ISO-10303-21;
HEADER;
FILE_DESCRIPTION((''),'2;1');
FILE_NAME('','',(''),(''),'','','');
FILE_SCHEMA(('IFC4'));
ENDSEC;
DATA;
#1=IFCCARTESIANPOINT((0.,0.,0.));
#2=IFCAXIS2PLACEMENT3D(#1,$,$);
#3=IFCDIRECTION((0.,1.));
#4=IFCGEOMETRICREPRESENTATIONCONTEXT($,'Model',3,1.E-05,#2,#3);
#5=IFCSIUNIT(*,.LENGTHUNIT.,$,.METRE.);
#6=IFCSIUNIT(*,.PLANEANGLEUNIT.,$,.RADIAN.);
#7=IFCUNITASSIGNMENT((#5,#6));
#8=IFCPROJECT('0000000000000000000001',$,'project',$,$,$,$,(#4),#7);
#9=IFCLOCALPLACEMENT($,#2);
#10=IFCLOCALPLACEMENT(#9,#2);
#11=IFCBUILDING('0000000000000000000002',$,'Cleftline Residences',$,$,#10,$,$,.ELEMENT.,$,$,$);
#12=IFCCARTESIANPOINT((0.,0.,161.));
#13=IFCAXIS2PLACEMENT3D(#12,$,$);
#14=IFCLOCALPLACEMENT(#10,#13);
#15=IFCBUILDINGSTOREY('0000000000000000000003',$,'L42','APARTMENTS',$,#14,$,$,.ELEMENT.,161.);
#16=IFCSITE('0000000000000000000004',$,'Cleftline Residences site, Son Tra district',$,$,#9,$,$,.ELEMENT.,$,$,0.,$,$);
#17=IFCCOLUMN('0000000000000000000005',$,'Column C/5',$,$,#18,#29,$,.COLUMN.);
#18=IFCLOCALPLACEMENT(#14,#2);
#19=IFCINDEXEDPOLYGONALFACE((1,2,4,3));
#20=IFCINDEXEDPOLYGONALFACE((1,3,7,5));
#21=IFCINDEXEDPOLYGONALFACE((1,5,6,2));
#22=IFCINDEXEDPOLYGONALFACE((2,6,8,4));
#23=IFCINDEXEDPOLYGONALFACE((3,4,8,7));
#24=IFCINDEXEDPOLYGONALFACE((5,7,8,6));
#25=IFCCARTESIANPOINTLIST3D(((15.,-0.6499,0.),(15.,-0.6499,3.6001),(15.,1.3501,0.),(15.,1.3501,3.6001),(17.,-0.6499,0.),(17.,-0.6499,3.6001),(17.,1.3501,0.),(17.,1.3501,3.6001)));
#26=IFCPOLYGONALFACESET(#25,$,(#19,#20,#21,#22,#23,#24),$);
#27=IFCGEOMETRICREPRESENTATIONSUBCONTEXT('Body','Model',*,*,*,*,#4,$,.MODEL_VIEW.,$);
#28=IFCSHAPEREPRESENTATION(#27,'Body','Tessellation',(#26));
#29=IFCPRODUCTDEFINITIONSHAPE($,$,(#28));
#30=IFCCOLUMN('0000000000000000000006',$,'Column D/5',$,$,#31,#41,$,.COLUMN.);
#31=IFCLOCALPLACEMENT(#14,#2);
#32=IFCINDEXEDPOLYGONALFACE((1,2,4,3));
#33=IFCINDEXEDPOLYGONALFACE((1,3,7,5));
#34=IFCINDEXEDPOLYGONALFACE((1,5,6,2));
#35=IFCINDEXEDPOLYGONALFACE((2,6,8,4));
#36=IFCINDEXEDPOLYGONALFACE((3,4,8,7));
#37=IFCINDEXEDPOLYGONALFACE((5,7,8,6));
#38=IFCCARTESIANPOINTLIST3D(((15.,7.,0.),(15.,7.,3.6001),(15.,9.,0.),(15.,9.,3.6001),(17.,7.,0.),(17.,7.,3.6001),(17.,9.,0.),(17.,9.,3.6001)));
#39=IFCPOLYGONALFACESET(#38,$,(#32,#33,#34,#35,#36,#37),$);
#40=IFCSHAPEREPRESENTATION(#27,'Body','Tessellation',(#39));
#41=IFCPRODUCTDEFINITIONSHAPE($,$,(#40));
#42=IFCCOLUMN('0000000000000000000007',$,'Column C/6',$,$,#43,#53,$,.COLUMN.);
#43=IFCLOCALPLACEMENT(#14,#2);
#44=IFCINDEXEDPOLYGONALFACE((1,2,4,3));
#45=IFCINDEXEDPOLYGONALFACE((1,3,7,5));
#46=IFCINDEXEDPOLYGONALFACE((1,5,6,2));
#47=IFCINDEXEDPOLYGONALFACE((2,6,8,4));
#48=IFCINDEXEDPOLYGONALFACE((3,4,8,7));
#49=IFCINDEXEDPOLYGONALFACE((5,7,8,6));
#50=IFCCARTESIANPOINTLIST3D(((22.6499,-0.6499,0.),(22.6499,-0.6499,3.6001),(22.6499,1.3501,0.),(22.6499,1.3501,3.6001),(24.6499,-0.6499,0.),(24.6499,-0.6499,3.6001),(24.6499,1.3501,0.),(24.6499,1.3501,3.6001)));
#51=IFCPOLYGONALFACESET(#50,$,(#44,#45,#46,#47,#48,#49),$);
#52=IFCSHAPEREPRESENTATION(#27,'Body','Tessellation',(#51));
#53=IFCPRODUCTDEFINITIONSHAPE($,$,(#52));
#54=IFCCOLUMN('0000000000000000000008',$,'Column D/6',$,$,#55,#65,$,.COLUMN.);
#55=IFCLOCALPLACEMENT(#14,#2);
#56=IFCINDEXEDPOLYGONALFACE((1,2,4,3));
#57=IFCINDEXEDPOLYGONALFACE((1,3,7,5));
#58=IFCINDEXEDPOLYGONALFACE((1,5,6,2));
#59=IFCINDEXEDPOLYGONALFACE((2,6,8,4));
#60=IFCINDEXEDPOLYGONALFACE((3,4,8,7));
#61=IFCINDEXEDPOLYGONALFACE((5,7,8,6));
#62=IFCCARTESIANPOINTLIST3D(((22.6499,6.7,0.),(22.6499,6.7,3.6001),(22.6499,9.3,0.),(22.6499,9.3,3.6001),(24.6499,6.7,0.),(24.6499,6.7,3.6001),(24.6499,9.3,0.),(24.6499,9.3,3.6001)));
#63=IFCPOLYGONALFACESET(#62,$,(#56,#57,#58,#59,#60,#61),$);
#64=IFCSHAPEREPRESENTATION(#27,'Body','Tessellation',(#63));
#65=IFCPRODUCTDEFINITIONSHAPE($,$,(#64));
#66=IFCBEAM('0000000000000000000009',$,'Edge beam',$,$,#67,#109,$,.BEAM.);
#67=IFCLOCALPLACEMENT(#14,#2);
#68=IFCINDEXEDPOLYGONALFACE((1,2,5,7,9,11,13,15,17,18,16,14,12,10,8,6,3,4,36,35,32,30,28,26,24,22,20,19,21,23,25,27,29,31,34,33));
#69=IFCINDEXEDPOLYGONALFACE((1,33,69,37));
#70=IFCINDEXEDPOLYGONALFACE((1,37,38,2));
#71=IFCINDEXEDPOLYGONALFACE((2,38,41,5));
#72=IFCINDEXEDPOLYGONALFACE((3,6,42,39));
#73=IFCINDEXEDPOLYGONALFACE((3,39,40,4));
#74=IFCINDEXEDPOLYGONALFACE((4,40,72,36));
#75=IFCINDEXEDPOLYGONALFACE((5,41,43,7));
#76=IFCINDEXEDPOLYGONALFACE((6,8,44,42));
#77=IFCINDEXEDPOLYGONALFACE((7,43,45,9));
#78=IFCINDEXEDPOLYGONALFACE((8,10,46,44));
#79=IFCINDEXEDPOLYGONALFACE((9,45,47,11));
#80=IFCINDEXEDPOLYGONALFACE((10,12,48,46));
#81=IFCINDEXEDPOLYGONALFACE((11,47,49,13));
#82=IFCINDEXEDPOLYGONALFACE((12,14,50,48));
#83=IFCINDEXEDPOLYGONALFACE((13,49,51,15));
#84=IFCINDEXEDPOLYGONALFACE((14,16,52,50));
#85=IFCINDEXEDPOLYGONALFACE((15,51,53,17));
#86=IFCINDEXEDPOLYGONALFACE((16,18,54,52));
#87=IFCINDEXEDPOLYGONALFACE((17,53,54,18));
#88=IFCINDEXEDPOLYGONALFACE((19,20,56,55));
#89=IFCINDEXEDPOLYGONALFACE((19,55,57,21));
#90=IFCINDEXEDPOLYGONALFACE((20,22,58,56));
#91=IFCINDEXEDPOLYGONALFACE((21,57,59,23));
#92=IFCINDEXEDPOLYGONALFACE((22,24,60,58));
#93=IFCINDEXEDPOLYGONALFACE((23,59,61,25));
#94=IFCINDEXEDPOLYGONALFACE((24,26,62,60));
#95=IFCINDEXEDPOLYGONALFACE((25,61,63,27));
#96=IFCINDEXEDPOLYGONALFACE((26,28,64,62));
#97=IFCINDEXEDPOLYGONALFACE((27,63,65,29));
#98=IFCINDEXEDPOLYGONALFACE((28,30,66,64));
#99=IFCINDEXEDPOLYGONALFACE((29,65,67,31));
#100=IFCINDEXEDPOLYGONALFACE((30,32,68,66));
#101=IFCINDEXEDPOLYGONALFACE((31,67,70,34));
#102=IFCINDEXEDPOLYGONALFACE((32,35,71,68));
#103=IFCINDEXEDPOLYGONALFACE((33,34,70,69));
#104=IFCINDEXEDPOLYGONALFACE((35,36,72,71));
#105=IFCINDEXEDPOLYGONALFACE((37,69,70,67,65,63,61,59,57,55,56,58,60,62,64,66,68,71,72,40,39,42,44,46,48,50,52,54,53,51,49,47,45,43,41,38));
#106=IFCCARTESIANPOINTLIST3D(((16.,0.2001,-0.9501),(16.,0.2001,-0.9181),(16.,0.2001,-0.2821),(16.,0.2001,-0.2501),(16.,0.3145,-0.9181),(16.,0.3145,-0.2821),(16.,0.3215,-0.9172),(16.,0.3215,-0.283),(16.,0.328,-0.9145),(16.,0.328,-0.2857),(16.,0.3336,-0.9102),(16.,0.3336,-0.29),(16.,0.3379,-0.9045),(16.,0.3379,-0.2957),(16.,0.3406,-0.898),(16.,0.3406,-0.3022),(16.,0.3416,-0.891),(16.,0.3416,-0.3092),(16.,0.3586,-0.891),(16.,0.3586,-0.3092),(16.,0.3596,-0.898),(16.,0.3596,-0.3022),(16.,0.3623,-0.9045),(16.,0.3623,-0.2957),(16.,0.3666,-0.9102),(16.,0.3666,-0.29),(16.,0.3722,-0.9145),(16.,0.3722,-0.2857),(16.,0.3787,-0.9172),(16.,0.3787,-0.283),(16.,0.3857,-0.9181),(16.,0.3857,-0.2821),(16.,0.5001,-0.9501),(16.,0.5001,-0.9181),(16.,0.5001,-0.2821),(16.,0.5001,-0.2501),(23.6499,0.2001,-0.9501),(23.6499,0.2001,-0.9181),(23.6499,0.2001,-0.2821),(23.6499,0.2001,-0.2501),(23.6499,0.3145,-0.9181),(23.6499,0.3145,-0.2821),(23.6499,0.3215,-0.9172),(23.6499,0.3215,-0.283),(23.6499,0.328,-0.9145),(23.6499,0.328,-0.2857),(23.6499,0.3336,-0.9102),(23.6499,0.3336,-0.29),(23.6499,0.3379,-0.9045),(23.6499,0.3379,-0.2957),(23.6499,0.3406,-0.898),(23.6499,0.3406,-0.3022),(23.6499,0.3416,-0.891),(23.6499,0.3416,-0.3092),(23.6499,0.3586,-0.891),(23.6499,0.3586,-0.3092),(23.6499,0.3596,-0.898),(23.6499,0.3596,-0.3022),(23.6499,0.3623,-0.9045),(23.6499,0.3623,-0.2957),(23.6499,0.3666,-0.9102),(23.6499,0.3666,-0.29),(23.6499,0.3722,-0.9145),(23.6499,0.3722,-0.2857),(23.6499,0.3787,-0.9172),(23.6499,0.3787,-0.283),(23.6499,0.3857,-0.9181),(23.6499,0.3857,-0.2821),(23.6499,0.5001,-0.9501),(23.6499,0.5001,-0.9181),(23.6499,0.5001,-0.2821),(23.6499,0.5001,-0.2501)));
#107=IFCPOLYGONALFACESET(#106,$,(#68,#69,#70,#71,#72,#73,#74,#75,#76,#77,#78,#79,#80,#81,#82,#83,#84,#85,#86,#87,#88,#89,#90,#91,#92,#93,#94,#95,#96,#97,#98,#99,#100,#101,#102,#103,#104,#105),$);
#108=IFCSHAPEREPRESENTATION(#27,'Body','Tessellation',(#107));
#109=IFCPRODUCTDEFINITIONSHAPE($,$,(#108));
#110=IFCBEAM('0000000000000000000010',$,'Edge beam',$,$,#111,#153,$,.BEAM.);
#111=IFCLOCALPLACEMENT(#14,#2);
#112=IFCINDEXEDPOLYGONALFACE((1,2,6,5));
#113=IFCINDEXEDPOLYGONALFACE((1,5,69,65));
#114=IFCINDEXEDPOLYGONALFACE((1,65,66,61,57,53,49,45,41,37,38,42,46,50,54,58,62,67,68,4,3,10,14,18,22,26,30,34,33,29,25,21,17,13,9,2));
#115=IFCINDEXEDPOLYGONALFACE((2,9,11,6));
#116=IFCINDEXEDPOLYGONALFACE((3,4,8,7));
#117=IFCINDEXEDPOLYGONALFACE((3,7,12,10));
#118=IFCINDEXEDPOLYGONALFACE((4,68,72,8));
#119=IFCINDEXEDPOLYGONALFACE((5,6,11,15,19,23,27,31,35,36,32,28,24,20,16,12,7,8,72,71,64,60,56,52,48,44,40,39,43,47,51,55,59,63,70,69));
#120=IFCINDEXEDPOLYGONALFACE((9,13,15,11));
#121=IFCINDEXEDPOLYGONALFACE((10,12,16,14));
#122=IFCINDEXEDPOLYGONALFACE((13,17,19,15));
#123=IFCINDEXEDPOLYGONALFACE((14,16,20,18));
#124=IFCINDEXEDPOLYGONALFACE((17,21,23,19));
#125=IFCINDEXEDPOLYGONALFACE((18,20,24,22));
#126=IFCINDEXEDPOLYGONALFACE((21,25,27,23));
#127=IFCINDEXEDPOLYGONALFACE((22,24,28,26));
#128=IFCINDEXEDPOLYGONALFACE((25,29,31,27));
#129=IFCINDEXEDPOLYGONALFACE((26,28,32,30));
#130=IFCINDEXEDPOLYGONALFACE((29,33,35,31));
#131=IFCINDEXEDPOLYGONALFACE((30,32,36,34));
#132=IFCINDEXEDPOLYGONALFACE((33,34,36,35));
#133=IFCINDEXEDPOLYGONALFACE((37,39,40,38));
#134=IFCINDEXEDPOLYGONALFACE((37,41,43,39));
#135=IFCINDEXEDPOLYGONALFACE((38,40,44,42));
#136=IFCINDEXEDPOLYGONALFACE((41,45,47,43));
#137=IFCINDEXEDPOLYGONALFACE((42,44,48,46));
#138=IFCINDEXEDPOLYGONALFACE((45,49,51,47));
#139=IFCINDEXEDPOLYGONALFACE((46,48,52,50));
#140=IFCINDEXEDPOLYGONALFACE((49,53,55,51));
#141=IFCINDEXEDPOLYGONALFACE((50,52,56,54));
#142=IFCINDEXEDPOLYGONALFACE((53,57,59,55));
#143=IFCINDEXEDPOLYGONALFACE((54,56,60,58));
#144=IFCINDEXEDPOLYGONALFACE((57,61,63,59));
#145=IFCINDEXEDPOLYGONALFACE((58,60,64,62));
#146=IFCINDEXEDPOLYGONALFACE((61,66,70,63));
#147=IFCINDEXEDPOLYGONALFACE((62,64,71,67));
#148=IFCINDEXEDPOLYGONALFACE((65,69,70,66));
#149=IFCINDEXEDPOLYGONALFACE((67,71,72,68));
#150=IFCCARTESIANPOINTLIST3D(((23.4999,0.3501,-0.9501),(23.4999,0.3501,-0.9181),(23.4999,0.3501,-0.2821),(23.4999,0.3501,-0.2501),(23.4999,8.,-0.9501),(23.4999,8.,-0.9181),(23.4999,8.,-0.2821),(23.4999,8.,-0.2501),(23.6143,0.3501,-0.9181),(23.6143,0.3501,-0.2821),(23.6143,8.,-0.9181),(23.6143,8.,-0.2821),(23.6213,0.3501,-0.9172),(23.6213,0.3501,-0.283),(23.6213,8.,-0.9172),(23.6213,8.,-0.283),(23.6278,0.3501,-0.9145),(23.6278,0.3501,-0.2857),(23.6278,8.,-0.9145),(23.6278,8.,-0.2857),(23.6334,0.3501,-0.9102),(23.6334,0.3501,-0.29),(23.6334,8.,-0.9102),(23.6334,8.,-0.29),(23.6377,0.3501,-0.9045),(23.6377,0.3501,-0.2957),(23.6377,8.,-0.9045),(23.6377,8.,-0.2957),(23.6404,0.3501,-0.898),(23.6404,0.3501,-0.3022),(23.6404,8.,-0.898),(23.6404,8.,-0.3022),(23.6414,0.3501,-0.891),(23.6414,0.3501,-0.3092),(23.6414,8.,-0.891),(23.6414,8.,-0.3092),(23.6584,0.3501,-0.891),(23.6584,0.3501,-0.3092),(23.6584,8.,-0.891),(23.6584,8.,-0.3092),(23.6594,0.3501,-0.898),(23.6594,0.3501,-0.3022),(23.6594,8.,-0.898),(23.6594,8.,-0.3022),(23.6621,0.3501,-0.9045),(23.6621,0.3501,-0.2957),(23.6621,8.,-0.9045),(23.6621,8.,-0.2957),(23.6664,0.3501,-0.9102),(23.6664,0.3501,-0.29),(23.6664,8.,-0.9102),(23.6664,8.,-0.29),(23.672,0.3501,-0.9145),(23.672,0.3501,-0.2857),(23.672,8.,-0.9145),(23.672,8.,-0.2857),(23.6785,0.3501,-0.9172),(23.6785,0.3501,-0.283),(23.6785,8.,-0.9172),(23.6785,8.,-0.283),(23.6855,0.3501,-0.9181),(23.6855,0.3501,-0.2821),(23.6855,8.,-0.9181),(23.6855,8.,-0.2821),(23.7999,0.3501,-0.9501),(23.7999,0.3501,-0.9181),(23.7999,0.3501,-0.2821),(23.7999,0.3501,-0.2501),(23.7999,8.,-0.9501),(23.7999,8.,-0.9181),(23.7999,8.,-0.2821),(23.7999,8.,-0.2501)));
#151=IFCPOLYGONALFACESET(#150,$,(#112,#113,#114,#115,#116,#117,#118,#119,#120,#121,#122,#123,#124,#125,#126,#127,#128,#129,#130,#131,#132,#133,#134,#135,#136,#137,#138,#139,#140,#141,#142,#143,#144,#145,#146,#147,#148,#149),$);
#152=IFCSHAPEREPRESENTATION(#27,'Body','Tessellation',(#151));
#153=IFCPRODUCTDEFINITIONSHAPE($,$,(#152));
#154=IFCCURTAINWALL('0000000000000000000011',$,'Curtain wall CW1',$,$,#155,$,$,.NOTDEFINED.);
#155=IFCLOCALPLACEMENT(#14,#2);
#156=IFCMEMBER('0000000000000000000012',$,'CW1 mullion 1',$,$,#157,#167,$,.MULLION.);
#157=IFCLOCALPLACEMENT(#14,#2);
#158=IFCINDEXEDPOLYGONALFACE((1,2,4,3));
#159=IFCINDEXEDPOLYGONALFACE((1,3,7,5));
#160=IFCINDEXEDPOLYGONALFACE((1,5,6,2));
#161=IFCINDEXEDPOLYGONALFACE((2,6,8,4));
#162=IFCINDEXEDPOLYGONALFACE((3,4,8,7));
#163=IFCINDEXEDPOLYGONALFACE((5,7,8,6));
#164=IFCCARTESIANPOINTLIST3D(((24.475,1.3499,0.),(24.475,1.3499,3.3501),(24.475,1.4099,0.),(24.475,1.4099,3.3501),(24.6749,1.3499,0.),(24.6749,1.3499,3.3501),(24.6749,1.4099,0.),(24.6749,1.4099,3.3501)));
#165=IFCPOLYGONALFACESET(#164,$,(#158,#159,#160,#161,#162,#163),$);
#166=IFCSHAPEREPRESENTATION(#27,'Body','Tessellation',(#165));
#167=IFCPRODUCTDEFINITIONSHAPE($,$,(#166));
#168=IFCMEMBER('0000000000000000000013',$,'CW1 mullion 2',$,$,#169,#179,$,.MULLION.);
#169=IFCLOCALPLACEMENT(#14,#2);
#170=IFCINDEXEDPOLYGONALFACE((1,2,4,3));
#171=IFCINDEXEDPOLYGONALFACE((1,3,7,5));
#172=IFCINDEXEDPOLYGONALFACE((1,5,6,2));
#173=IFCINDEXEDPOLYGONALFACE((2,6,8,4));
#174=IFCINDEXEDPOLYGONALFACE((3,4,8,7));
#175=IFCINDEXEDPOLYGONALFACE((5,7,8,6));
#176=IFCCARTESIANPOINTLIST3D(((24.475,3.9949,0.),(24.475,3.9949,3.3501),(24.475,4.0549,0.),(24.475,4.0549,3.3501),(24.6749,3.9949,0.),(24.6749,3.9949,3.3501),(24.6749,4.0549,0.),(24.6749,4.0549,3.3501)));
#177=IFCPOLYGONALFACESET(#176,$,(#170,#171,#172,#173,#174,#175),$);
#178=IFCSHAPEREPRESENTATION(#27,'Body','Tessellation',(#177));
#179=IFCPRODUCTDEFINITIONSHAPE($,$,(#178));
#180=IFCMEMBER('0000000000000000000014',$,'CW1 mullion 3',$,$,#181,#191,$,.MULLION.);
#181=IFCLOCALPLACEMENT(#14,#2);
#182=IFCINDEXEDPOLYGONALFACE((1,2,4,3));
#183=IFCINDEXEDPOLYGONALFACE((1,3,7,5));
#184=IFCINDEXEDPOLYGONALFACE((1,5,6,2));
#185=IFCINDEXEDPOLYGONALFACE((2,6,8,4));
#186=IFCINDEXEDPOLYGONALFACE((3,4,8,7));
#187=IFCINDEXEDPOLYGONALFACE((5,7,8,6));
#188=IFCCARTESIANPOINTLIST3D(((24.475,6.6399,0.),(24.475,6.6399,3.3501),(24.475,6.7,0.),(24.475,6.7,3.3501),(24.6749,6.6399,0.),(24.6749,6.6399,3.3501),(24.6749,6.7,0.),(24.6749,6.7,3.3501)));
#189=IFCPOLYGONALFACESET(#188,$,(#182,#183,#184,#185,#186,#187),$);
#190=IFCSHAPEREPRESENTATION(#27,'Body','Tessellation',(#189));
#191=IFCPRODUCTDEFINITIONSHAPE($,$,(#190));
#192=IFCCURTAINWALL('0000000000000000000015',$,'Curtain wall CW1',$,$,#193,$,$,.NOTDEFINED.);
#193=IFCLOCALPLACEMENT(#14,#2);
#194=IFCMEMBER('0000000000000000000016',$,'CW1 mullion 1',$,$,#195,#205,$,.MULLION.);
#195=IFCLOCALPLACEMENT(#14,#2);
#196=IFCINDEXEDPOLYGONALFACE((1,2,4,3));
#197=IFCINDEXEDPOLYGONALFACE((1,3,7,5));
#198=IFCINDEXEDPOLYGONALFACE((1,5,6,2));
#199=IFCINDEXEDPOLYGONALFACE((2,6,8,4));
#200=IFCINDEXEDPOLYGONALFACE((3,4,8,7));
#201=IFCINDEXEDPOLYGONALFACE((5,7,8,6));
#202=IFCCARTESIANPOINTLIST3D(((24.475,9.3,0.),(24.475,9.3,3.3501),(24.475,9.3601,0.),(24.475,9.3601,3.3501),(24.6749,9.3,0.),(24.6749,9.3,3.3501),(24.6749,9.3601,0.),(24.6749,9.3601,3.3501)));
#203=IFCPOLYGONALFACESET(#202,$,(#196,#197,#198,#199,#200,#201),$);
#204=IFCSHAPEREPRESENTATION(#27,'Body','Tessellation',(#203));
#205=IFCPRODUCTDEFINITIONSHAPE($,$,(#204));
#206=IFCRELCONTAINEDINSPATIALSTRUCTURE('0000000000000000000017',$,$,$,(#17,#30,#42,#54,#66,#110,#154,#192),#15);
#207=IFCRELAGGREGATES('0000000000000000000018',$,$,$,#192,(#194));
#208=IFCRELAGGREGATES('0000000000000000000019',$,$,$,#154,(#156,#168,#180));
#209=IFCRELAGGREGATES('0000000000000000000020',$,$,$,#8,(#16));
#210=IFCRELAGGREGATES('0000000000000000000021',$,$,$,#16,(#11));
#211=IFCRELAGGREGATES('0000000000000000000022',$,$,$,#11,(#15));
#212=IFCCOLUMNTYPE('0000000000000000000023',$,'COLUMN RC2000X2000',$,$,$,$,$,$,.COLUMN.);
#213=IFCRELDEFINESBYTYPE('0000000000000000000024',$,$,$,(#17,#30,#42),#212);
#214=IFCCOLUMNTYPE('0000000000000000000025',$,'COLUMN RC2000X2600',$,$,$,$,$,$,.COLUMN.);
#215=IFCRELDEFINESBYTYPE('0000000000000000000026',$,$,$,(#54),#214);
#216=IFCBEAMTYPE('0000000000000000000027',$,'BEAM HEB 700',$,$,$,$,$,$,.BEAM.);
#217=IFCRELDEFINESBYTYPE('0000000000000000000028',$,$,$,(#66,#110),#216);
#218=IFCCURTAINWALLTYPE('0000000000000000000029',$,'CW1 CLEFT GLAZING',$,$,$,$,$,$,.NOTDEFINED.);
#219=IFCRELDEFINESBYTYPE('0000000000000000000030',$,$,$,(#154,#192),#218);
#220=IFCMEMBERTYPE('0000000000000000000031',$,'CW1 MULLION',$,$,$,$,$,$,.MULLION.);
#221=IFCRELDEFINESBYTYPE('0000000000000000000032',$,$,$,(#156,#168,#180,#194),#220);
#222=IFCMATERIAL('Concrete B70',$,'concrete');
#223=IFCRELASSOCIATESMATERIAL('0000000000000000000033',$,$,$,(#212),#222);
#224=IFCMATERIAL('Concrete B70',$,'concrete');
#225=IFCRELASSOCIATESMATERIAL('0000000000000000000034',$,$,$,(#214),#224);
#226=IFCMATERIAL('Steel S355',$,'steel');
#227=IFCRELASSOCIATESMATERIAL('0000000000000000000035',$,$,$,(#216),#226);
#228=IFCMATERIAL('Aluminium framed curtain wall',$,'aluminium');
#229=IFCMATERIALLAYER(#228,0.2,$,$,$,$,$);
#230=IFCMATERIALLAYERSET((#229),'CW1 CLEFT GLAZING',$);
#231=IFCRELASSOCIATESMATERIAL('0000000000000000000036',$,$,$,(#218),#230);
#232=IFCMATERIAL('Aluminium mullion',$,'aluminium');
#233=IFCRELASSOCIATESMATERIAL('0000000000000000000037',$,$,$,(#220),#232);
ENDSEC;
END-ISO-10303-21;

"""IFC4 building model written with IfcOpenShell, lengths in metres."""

from ifc_helpers import new_model, si_unit, direction, frame, origin, origin_2d, place, context, subcontext, project, spatial, rectangle, i_section, extrude, material, layer, layer_set, material_profile, profile_set, type_object, element, aggregate, save


model = new_model("IFC4")

# Units and contexts
model_context = context("Model", 3, precision=1e-05, world=origin(), true_north=direction((0.0, 1.0)))
body_context = subcontext(model_context, "Body", "Model", "MODEL_VIEW")
ifc_project = project(units=[si_unit("LENGTHUNIT", "METRE"), si_unit("PLANEANGLEUNIT", "RADIAN")], contexts=[model_context])

# Site, building, storey
site_placement = place(None, origin())
site = spatial("IfcSite", under=ifc_project, at=site_placement, Name="Cleftline Residences site, Son Tra district", CompositionType="ELEMENT", RefElevation=0.0)
building_placement = place(site_placement, origin())
building = spatial("IfcBuilding", under=site, at=building_placement, Name="Cleftline Residences", CompositionType="ELEMENT")
storey_placement = place(building_placement, frame((0.0, 0.0, 161.0)))
storey = spatial("IfcBuildingStorey", under=building, at=storey_placement, Name="L42", Description="APARTMENTS", CompositionType="ELEMENT", Elevation=161.0)

# Columns
ifc_material_1 = material(Name="Concrete B70", Category="concrete")
ifc_material_profile_1 = material_profile(ifc_material_1, rectangle(XDim=2.0, YDim=2.0, at=origin_2d()))
ifc_profile_set_1 = profile_set([ifc_material_profile_1], Name="Concrete B70")
column_type_1 = type_object("IfcColumnType", Name="COLUMN RC2000X2000", PredefinedType="COLUMN", material=ifc_profile_set_1)
for number, where, z_axis, x_axis, name in (
    (1, (16.0, 0.3501, 0.0), (0.0, 0.0, 1.0), (1.0, 0.0, 0.0), "Column C/5"),
    (2, (16.0, 8.0, 0.0), (0.0, 0.0, 1.0), (1.0, 0.0, 0.0), "Column D/5"),
    (3, (23.6499, 0.3501, 0.0), (0.0, 0.0, 1.0), (1.0, 0.0, 0.0), "Column C/6"),
):
    element("IfcColumn", number, at=place(storey_placement, frame(where, z_axis=z_axis, x_axis=x_axis)), inside=storey, type_object=column_type_1, Name=name, PredefinedType="COLUMN", context=body_context, shape_type="SweptSolid", body=[
        extrude(rectangle(XDim=2.0, YDim=2.0, at=origin_2d()), origin(), (0.0, 0.0, 1.0), 3.6001),
    ])
ifc_material_2 = material(Name="Concrete B70", Category="concrete")
ifc_material_profile_2 = material_profile(ifc_material_2, rectangle(XDim=2.0, YDim=2.6001, at=origin_2d()))
ifc_profile_set_2 = profile_set([ifc_material_profile_2], Name="Concrete B70")
column_type_2 = type_object("IfcColumnType", Name="COLUMN RC2000X2600", PredefinedType="COLUMN", material=ifc_profile_set_2)
column_placement = place(storey_placement, frame((23.6499, 8.0, 0.0), z_axis=(0.0, 0.0, 1.0), x_axis=(1.0, 0.0, 0.0)))
element("IfcColumn", 4, at=column_placement, inside=storey, type_object=column_type_2, Name="Column D/6", PredefinedType="COLUMN", context=body_context, shape_type="SweptSolid", body=[
    extrude(rectangle(XDim=2.0, YDim=2.6001, at=origin_2d()), origin(), (0.0, 0.0, 1.0), 3.6001),
])

# Beams
ifc_material_3 = material(Name="Steel S355", Category="steel")
ifc_material_profile_3 = material_profile(ifc_material_3, i_section(OverallWidth=0.3, OverallDepth=0.7, WebThickness=0.0171, FlangeThickness=0.032, FilletRadius=0.0271, at=origin_2d()))
ifc_profile_set_3 = profile_set([ifc_material_profile_3], Name="Steel S355")
beam_type = type_object("IfcBeamType", Name="BEAM HEB 700", PredefinedType="BEAM", material=ifc_profile_set_3)
for number, where, z_axis, x_axis, name in (
    (5, (16.0, 0.3501, -0.6001), (1.0, 0.0, 0.0), (0.0, 1.0, 0.0), "Edge beam"),
    (6, (23.6499, 0.3501, -0.6001), (0.0, 1.0, 0.0), (-1.0, 0.0, 0.0), "Edge beam"),
):
    element("IfcBeam", number, at=place(storey_placement, frame(where, z_axis=z_axis, x_axis=x_axis)), inside=storey, type_object=beam_type, Name=name, PredefinedType="BEAM", context=body_context, shape_type="SweptSolid", body=[
        extrude(i_section(OverallWidth=0.3, OverallDepth=0.7, WebThickness=0.0171, FlangeThickness=0.032, FilletRadius=0.0271, at=origin_2d()), origin(), (0.0, 0.0, 1.0), 7.6499),
    ])

# Curtain wall, members
ifc_material_4 = material(Name="Aluminium framed curtain wall", Category="aluminium")
ifc_layer_1 = layer(ifc_material_4, 0.2)
ifc_layer_set_1 = layer_set([ifc_layer_1], Name="CW1 CLEFT GLAZING")
curtain_wall_type = type_object("IfcCurtainWallType", Name="CW1 CLEFT GLAZING", PredefinedType="NOTDEFINED", material=ifc_layer_set_1)
curtain_wall_1_placement = place(storey_placement, origin())
curtain_wall_1 = element("IfcCurtainWall", 7, at=curtain_wall_1_placement, inside=storey, type_object=curtain_wall_type, Name="Curtain wall CW1", PredefinedType="NOTDEFINED")
ifc_material_5 = material(Name="Aluminium mullion", Category="aluminium")
ifc_material_profile_4 = material_profile(ifc_material_5, rectangle(XDim=0.2, YDim=0.0601, at=origin_2d()))
ifc_profile_set_4 = profile_set([ifc_material_profile_4], Name="Aluminium mullion")
member_type_1 = type_object("IfcMemberType", Name="CW1 MULLION", PredefinedType="MULLION", material=ifc_profile_set_4)
member_1_placement = place(storey_placement, frame((24.575, 1.3799, 0.0), z_axis=(0.0, 0.0, 1.0), x_axis=(-1.0, 0.0, 0.0)))
member_1 = element("IfcMember", 8, at=member_1_placement, type_object=member_type_1, Name="CW1 mullion 1", PredefinedType="MULLION", context=body_context, shape_type="SweptSolid", body=[
    extrude(rectangle(XDim=0.2, YDim=0.0601, at=origin_2d()), origin(), (0.0, 0.0, 1.0), 3.3501),
])
member_2_placement = place(storey_placement, frame((24.575, 4.0249, 0.0), z_axis=(0.0, 0.0, 1.0), x_axis=(-1.0, 0.0, 0.0)))
member_2 = element("IfcMember", 9, at=member_2_placement, type_object=member_type_1, Name="CW1 mullion 2", PredefinedType="MULLION", context=body_context, shape_type="SweptSolid", body=[
    extrude(rectangle(XDim=0.2, YDim=0.0601, at=origin_2d()), origin(), (0.0, 0.0, 1.0), 3.3501),
])
member_3_placement = place(storey_placement, frame((24.575, 6.6699, 0.0), z_axis=(0.0, 0.0, 1.0), x_axis=(-1.0, 0.0, 0.0)))
member_3 = element("IfcMember", 10, at=member_3_placement, type_object=member_type_1, Name="CW1 mullion 3", PredefinedType="MULLION", context=body_context, shape_type="SweptSolid", body=[
    extrude(rectangle(XDim=0.2, YDim=0.0601, at=origin_2d()), origin(), (0.0, 0.0, 1.0), 3.3501),
])

# Curtain wall, member
curtain_wall_2_placement = place(storey_placement, origin())
curtain_wall_2 = element("IfcCurtainWall", 11, at=curtain_wall_2_placement, inside=storey, type_object=curtain_wall_type, Name="Curtain wall CW1", PredefinedType="NOTDEFINED")
member_4_placement = place(storey_placement, frame((24.575, 9.3301, 0.0), z_axis=(0.0, 0.0, 1.0), x_axis=(-1.0, 0.0, 0.0)))
member_4 = element("IfcMember", 12, at=member_4_placement, type_object=member_type_1, Name="CW1 mullion 1", PredefinedType="MULLION", context=body_context, shape_type="SweptSolid", body=[
    extrude(rectangle(XDim=0.2, YDim=0.0601, at=origin_2d()), origin(), (0.0, 0.0, 1.0), 3.3501),
])

aggregate(curtain_wall_2, [member_4])

aggregate(curtain_wall_1, [member_1, member_2, member_3])

save(model, "model.ifc")
